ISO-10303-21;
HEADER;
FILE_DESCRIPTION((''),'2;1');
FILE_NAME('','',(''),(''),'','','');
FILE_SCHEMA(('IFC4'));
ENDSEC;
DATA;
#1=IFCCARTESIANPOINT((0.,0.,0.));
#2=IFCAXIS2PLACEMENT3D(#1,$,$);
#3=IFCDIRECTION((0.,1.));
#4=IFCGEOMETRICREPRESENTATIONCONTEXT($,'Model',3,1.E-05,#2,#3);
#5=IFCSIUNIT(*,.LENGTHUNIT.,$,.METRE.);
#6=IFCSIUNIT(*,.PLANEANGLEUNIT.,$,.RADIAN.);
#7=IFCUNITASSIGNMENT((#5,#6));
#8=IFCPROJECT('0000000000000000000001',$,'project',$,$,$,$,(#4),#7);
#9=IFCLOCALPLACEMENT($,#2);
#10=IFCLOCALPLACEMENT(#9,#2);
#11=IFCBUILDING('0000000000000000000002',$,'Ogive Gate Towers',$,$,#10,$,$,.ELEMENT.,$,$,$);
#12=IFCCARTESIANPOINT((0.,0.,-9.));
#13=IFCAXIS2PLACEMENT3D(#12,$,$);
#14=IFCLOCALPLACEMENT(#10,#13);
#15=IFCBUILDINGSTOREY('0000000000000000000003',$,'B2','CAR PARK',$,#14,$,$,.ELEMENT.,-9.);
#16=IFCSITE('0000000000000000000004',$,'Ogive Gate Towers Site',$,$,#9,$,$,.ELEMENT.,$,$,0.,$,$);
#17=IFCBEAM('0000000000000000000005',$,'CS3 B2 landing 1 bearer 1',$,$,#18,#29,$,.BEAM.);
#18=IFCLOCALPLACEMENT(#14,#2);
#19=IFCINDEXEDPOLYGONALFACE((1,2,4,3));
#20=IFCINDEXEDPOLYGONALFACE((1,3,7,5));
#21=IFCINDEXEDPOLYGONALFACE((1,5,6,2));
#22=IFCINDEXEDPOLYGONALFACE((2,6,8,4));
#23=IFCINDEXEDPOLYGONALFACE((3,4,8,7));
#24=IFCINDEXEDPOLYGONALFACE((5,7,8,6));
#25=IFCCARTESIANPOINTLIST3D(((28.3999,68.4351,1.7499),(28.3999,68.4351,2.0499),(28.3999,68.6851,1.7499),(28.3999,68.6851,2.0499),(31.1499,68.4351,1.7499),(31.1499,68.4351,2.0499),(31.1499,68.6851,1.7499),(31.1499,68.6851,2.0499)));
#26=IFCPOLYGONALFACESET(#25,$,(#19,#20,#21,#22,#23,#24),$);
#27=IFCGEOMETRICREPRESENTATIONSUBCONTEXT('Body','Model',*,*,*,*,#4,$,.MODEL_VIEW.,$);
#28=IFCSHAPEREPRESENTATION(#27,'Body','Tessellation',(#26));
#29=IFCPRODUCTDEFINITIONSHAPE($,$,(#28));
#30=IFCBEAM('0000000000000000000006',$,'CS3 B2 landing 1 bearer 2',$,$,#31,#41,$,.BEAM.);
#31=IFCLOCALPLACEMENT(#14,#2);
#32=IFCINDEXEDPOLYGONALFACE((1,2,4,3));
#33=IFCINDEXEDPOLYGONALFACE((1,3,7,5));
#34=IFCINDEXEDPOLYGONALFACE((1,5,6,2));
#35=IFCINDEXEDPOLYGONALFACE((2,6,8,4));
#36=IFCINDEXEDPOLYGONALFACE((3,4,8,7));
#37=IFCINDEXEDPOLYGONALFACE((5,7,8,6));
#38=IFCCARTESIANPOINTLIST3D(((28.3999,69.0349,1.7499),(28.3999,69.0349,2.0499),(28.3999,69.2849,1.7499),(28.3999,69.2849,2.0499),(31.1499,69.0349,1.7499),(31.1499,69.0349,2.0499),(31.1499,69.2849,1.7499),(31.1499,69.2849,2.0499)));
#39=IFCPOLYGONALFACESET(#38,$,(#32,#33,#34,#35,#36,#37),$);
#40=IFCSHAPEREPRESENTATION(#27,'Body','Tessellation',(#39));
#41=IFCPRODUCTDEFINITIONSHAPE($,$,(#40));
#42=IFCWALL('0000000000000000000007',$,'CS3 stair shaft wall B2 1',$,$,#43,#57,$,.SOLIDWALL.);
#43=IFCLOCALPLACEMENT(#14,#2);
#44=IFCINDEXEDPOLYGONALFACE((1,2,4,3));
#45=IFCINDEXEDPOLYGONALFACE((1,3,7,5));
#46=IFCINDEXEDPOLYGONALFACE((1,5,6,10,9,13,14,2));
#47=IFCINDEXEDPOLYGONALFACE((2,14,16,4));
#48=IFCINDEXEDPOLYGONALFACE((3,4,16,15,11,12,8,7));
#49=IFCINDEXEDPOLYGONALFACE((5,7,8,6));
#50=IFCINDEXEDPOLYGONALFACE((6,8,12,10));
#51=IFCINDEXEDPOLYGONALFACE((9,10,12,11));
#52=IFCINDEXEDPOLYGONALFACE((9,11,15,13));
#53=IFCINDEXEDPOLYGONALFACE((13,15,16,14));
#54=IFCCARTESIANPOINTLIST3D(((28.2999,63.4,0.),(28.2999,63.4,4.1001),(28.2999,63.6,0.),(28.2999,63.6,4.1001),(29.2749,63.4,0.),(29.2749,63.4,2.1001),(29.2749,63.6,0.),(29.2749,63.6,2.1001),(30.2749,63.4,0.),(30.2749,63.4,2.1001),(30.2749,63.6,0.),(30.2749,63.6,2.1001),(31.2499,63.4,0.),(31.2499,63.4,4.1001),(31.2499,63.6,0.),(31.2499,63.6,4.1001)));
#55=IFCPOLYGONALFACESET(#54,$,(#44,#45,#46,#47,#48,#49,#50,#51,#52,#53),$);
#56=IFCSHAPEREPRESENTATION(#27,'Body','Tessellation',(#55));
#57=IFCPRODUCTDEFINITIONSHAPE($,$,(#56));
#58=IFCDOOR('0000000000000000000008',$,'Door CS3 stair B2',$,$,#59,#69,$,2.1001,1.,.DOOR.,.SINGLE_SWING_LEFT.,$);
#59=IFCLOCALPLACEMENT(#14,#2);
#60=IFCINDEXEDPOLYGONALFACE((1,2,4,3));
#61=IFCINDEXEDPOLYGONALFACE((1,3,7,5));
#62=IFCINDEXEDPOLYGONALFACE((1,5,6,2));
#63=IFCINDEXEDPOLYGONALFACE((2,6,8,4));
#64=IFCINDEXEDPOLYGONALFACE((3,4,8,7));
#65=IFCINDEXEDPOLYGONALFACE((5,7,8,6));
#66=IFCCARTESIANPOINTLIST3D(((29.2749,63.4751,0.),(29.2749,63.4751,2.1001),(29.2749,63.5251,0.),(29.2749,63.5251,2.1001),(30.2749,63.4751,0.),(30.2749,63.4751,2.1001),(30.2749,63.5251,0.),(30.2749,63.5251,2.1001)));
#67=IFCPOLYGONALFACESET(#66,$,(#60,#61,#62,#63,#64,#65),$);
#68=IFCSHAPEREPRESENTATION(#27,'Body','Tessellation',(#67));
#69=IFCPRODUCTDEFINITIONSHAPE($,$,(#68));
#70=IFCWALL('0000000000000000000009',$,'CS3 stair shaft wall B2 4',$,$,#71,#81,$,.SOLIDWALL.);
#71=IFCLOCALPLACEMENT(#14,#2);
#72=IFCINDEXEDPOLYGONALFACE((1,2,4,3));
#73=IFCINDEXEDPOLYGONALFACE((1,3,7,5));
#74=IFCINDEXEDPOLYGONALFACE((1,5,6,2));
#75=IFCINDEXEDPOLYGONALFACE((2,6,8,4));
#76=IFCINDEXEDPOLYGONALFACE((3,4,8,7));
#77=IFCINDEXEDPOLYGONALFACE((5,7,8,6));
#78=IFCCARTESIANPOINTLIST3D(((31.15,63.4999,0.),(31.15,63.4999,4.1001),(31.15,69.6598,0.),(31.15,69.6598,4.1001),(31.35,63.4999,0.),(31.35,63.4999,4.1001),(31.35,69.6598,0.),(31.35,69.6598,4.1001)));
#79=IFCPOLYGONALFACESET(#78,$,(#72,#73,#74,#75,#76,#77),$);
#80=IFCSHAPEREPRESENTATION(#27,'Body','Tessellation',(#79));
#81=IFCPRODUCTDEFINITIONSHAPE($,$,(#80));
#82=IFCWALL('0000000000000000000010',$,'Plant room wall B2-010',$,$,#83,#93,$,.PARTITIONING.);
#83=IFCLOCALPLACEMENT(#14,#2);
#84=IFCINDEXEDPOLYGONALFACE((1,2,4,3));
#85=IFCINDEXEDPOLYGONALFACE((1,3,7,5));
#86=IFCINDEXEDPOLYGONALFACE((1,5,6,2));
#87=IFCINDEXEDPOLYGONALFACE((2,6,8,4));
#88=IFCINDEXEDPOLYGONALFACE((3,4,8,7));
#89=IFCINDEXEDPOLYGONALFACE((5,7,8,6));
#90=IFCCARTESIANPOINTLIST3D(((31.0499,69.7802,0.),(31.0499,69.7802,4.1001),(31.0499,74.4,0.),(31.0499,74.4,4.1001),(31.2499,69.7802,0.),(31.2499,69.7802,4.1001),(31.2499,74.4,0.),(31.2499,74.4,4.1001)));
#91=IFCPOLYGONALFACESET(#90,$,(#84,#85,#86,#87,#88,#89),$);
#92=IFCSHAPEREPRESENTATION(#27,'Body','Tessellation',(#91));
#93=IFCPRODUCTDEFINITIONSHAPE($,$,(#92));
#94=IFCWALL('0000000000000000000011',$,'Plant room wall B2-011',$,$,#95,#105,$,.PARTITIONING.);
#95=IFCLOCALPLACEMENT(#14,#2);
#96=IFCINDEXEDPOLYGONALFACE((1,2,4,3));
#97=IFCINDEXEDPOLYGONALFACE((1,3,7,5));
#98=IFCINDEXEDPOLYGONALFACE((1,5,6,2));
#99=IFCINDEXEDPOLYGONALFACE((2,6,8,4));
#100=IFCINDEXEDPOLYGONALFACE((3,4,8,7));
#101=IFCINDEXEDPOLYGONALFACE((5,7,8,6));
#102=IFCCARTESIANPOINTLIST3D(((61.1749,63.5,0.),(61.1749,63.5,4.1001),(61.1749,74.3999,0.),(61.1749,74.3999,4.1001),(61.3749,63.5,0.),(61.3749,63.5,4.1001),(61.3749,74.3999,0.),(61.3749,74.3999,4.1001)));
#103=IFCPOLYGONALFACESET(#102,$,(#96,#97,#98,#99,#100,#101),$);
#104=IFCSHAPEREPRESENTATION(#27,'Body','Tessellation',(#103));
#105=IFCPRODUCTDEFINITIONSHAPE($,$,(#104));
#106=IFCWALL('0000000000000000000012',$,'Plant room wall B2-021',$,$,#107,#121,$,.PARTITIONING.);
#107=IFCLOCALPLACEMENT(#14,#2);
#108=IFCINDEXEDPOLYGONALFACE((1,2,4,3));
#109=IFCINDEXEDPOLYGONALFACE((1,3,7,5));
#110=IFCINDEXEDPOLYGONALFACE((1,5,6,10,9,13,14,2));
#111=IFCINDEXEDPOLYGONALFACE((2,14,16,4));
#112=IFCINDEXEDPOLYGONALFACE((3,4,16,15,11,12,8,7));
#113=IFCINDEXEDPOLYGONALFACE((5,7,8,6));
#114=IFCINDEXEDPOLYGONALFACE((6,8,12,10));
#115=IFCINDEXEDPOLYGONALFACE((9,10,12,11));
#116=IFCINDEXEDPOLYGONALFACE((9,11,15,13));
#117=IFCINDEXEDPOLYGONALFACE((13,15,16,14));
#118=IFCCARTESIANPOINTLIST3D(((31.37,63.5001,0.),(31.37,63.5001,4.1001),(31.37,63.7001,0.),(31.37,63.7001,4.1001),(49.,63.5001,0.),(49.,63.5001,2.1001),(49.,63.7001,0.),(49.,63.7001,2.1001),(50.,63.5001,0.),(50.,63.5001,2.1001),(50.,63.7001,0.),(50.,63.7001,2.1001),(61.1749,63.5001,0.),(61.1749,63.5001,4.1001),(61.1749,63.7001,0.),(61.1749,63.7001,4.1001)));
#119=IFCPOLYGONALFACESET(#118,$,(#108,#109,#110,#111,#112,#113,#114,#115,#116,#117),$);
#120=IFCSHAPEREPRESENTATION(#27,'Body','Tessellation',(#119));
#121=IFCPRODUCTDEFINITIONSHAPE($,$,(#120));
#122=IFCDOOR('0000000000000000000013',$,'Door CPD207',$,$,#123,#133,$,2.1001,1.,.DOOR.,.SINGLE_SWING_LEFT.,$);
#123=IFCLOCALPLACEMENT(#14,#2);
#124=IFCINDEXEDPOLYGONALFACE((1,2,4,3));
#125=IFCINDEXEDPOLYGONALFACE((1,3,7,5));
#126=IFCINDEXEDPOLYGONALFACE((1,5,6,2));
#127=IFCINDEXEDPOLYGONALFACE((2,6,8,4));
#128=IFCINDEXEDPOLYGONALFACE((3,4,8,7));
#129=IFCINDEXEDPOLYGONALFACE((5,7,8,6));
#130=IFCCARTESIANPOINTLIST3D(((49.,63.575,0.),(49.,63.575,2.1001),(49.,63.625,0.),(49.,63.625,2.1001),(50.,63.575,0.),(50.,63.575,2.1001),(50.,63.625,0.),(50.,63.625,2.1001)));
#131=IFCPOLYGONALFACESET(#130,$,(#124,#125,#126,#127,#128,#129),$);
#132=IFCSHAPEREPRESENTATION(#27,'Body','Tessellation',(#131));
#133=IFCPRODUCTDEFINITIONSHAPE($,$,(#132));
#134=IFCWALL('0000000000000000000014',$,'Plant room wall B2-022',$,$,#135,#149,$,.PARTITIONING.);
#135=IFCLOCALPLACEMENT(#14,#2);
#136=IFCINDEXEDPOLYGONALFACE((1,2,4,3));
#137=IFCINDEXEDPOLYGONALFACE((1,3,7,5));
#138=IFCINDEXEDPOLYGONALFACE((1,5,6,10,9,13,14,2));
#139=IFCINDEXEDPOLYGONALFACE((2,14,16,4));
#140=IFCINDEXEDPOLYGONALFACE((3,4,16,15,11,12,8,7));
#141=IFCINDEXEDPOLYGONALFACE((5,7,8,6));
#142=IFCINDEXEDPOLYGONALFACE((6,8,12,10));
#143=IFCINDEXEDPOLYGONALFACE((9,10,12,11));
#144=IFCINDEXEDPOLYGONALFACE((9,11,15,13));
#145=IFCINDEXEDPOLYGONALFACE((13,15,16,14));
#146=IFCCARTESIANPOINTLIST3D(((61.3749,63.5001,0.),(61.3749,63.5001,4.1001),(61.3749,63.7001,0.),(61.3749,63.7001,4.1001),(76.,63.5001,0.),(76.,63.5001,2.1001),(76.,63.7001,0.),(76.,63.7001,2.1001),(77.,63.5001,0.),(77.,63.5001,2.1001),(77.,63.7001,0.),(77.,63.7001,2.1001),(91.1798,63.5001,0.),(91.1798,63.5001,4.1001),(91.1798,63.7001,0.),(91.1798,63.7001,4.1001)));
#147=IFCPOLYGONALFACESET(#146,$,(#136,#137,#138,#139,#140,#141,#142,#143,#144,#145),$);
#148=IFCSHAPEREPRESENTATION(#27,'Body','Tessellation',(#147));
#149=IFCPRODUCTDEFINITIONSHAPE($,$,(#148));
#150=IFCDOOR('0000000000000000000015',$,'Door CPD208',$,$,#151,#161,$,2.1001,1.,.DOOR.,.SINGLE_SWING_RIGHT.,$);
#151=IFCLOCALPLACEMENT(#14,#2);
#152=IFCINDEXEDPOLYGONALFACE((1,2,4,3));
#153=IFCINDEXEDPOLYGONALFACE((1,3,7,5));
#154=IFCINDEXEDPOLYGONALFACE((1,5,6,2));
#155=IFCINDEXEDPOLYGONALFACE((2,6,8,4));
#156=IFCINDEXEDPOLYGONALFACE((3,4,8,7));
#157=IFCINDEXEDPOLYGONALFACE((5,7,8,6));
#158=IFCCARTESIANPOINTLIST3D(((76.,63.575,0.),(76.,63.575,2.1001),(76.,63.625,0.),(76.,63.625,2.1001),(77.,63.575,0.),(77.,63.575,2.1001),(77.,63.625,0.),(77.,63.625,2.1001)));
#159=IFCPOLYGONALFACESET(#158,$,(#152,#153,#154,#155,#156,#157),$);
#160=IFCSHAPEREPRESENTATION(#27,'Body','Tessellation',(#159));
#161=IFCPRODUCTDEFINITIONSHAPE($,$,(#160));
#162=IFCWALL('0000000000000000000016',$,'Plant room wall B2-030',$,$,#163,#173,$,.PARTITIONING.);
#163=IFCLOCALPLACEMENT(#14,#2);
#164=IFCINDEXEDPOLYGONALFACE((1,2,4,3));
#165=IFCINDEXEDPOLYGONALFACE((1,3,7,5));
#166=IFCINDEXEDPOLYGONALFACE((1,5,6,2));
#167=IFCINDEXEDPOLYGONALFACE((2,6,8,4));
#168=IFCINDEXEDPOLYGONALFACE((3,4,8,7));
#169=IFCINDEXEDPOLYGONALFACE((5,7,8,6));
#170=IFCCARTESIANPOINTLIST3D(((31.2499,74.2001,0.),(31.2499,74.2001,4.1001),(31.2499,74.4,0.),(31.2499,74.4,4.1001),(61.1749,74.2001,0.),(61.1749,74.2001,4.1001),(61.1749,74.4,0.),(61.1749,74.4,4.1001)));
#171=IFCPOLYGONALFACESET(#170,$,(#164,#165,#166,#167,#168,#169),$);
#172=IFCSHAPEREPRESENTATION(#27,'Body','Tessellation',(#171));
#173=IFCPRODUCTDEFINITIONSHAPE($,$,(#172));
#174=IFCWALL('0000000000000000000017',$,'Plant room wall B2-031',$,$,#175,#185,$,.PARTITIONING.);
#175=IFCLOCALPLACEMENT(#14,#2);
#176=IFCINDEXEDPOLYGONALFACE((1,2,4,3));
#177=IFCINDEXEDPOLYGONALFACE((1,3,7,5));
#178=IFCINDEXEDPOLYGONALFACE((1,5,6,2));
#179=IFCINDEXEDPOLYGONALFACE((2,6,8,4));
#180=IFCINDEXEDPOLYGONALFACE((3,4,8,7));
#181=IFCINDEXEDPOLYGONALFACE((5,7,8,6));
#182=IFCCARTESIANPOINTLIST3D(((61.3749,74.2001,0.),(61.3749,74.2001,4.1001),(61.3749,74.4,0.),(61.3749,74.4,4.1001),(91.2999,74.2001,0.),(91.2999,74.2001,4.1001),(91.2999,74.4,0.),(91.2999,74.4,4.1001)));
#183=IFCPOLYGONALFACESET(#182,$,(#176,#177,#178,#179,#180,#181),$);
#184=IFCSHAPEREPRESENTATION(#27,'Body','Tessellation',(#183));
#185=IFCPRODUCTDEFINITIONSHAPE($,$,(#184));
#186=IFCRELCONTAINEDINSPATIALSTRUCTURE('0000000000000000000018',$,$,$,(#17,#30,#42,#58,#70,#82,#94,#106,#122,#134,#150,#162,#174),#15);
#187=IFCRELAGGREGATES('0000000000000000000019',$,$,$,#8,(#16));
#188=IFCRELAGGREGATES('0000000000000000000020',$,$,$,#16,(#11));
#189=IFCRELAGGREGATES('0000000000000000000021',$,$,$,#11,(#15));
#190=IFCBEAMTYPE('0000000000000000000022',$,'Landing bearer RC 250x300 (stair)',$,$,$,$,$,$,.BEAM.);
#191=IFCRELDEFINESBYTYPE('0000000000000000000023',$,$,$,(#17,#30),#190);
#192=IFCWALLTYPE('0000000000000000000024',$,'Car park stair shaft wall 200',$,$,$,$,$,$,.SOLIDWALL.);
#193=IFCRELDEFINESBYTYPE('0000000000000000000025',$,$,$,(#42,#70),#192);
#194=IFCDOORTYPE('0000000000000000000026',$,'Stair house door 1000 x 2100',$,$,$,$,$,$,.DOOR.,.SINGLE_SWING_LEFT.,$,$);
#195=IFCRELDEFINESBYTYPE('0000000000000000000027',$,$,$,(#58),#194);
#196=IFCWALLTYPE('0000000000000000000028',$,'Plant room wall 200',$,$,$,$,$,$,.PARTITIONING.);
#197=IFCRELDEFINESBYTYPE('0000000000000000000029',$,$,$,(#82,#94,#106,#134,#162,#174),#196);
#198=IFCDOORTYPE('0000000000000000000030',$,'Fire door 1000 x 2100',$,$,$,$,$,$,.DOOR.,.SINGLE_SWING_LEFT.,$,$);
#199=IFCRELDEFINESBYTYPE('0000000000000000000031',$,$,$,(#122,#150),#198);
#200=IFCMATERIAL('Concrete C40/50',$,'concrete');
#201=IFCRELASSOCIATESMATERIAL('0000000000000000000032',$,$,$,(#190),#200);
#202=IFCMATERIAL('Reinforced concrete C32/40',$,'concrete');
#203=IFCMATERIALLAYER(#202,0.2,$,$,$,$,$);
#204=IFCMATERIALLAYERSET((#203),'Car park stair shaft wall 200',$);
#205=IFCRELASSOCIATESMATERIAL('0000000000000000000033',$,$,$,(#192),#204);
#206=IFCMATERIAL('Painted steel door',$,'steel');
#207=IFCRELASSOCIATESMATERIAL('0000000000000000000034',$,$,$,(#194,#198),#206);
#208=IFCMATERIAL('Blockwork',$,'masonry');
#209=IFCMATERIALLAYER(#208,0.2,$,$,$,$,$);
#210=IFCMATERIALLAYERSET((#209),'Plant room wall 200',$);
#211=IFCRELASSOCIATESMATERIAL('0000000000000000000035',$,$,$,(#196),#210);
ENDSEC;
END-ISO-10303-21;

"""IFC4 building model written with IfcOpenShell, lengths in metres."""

from ifc_helpers import new_model, si_unit, direction, frame, frame_2d, origin, origin_2d, place, context, subcontext, project, spatial, rectangle, extrude, material, layer, layer_set, material_profile, profile_set, type_object, element, fill, save


model = new_model("IFC4")

# Units and contexts
model_context = context("Model", 3, precision=1e-05, world=origin(), true_north=direction((0.0, 1.0)))
body_context = subcontext(model_context, "Body", "Model", "MODEL_VIEW")
ifc_project = project(units=[si_unit("LENGTHUNIT", "METRE"), si_unit("PLANEANGLEUNIT", "RADIAN")], contexts=[model_context])

# Site, building, storey
site_placement = place(None, origin())
site = spatial("IfcSite", under=ifc_project, at=site_placement, Name="Ogive Gate Towers Site", CompositionType="ELEMENT", RefElevation=0.0)
building_placement = place(site_placement, origin())
building = spatial("IfcBuilding", under=site, at=building_placement, Name="Ogive Gate Towers", CompositionType="ELEMENT")
storey_placement = place(building_placement, frame((0.0, 0.0, -9.0)))
storey = spatial("IfcBuildingStorey", under=building, at=storey_placement, Name="B2", Description="CAR PARK", CompositionType="ELEMENT", Elevation=-9.0)

# Shared definitions
ifc_material_1 = material(Name="Concrete C40/50", Category="concrete")

# Beams
ifc_material_profile_1 = material_profile(ifc_material_1, rectangle(XDim=0.25, YDim=0.3, at=origin_2d()), Name="RC 250x300")
ifc_profile_set_1 = profile_set([ifc_material_profile_1], Name="Concrete C40/50")
beam_type = type_object("IfcBeamType", Name="Landing bearer RC 250x300 (stair)", PredefinedType="BEAM", material=ifc_profile_set_1)
for number, where, z_axis, x_axis, name in (
    (1, (31.1499, 68.5601, 1.8999), (-1.0, 0.0, 0.0), (0.0, -1.0, 0.0), "CS3 B2 landing 1 bearer 1"),
    (2, (31.1499, 69.1599, 1.8999), (-1.0, 0.0, 0.0), (0.0, -1.0, 0.0), "CS3 B2 landing 1 bearer 2"),
):
    element("IfcBeam", number, at=place(storey_placement, frame(where, z_axis=z_axis, x_axis=x_axis)), inside=storey, type_object=beam_type, Name=name, PredefinedType="BEAM", context=body_context, shape_type="SweptSolid", body=[
        extrude(rectangle(XDim=0.25, YDim=0.3, at=origin_2d()), origin(), (0.0, 0.0, 1.0), 2.75),
    ])

# Wall, opening, door
ifc_material_2 = material(Name="Reinforced concrete C32/40", Category="concrete")
ifc_layer_1 = layer(ifc_material_2, 0.2)
ifc_layer_set_1 = layer_set([ifc_layer_1], Name="Car park stair shaft wall 200")
wall_type_1 = type_object("IfcWallType", Name="Car park stair shaft wall 200", PredefinedType="SOLIDWALL", material=ifc_layer_set_1)
wall_1_placement = place(storey_placement, frame((31.25, 63.5, 0.0), z_axis=(0.0, 0.0, 1.0), x_axis=(-1.0, 0.0, 0.0)))
wall_1 = element("IfcWall", 3, at=wall_1_placement, inside=storey, type_object=wall_type_1, Name="CS3 stair shaft wall B2 1", PredefinedType="SOLIDWALL", context=body_context, shape_type="SweptSolid", body=[
    extrude(rectangle(XDim=2.95, YDim=0.2, at=frame_2d((1.4751, 0.0))), origin(), (0.0, 0.0, 1.0), 4.1001),
])
opening_1_placement = place(wall_1_placement, frame((0.9751, 0.0, 0.0)))
opening_1 = element("IfcOpeningElement", 4, at=opening_1_placement, cuts=wall_1, PredefinedType="OPENING", context=body_context, shape_type="SweptSolid", body=[
    extrude(rectangle(XDim=1.0, YDim=2.1001, at=frame_2d((0.5, 1.05))), frame((0.0, 0.1099, 0.0), z_axis=(0.0, -1.0, 0.0), x_axis=(1.0, 0.0, 0.0)), (0.0, 0.0, 1.0), 0.22),
])
ifc_material_3 = material(Name="Painted steel door", Category="steel")
door_type_1 = type_object("IfcDoorType", Name="Stair house door 1000 x 2100", OperationType="SINGLE_SWING_LEFT", PredefinedType="DOOR", material=ifc_material_3)
door_1_placement = place(opening_1_placement, origin())
door_1 = element("IfcDoor", 5, at=door_1_placement, inside=storey, type_object=door_type_1, Name="Door CS3 stair B2", OperationType="SINGLE_SWING_LEFT", OverallHeight=2.1001, OverallWidth=1.0, PredefinedType="DOOR", context=body_context, shape_type="SweptSolid", body=[
    extrude(rectangle(XDim=1.0, YDim=2.1001, at=frame_2d((0.5, 1.05))), frame((0.0, 0.0249, 0.0), z_axis=(0.0, -1.0, 0.0), x_axis=(1.0, 0.0, 0.0)), (0.0, 0.0, 1.0), 0.05),
])
fill(opening_1, door_1)

# Walls
wall_2_placement = place(storey_placement, frame((31.25, 69.6599, 0.0), z_axis=(0.0, 0.0, 1.0), x_axis=(0.0, -1.0, 0.0)))
element("IfcWall", 6, at=wall_2_placement, inside=storey, type_object=wall_type_1, Name="CS3 stair shaft wall B2 4", PredefinedType="SOLIDWALL", context=body_context, shape_type="SweptSolid", body=[
    extrude(rectangle(XDim=6.1599, YDim=0.2, at=frame_2d((3.0801, 0.0))), origin(), (0.0, 0.0, 1.0), 4.1001),
])
ifc_material_4 = material(Name="Blockwork", Category="masonry")
ifc_layer_2 = layer(ifc_material_4, 0.2)
ifc_layer_set_2 = layer_set([ifc_layer_2], Name="Plant room wall 200")
wall_type_2 = type_object("IfcWallType", Name="Plant room wall 200", PredefinedType="PARTITIONING", material=ifc_layer_set_2)
wall_3_placement = place(storey_placement, frame((31.1499, 69.78, 0.0), z_axis=(0.0, 0.0, 1.0), x_axis=(0.0, 1.0, 0.0)))
element("IfcWall", 7, at=wall_3_placement, inside=storey, type_object=wall_type_2, Name="Plant room wall B2-010", PredefinedType="PARTITIONING", context=body_context, shape_type="SweptSolid", body=[
    extrude(rectangle(XDim=4.6199, YDim=0.2, at=frame_2d((2.3101, 0.0))), origin(), (0.0, 0.0, 1.0), 4.1001),
])
wall_4_placement = place(storey_placement, frame((61.2749, 63.5, 0.0), z_axis=(0.0, 0.0, 1.0), x_axis=(0.0, 1.0, 0.0)))
element("IfcWall", 8, at=wall_4_placement, inside=storey, type_object=wall_type_2, Name="Plant room wall B2-011", PredefinedType="PARTITIONING", context=body_context, shape_type="SweptSolid", body=[
    extrude(rectangle(XDim=10.8999, YDim=0.2, at=frame_2d((5.45, 0.0))), origin(), (0.0, 0.0, 1.0), 4.1001),
])

# Walls, openings, doors
wall_5_placement = place(storey_placement, frame((31.3701, 63.6001, 0.0), z_axis=(0.0, 0.0, 1.0), x_axis=(1.0, 0.0, 0.0)))
wall_5 = element("IfcWall", 9, at=wall_5_placement, inside=storey, type_object=wall_type_2, Name="Plant room wall B2-021", PredefinedType="PARTITIONING", context=body_context, shape_type="SweptSolid", body=[
    extrude(rectangle(XDim=29.8049, YDim=0.2, at=frame_2d((14.9023, 0.0))), origin(), (0.0, 0.0, 1.0), 4.1001),
])
opening_2_placement = place(wall_5_placement, frame((17.6299, 0.0, 0.0)))
opening_2 = element("IfcOpeningElement", 10, at=opening_2_placement, cuts=wall_5, PredefinedType="OPENING", context=body_context, shape_type="SweptSolid", body=[
    extrude(rectangle(XDim=1.0, YDim=2.1001, at=frame_2d((0.5, 1.05))), frame((0.0, 0.1099, 0.0), z_axis=(0.0, -1.0, 0.0), x_axis=(1.0, 0.0, 0.0)), (0.0, 0.0, 1.0), 0.22),
])
door_type_2 = type_object("IfcDoorType", Name="Fire door 1000 x 2100", OperationType="SINGLE_SWING_LEFT", PredefinedType="DOOR", material=ifc_material_3)
door_2_placement = place(opening_2_placement, origin())
door_2 = element("IfcDoor", 11, at=door_2_placement, inside=storey, type_object=door_type_2, Name="Door CPD207", OperationType="SINGLE_SWING_LEFT", OverallHeight=2.1001, OverallWidth=1.0, PredefinedType="DOOR", context=body_context, shape_type="SweptSolid", body=[
    extrude(rectangle(XDim=1.0, YDim=2.1001, at=frame_2d((0.5, 1.05))), frame((0.0, 0.0249, 0.0), z_axis=(0.0, -1.0, 0.0), x_axis=(1.0, 0.0, 0.0)), (0.0, 0.0, 1.0), 0.05),
])
fill(opening_2, door_2)
wall_6_placement = place(storey_placement, frame((61.375, 63.6001, 0.0), z_axis=(0.0, 0.0, 1.0), x_axis=(1.0, 0.0, 0.0)))
wall_6 = element("IfcWall", 12, at=wall_6_placement, inside=storey, type_object=wall_type_2, Name="Plant room wall B2-022", PredefinedType="PARTITIONING", context=body_context, shape_type="SweptSolid", body=[
    extrude(rectangle(XDim=29.8049, YDim=0.2, at=frame_2d((14.9023, 0.0))), origin(), (0.0, 0.0, 1.0), 4.1001),
])
opening_3_placement = place(wall_6_placement, frame((14.625, 0.0, 0.0)))
opening_3 = element("IfcOpeningElement", 13, at=opening_3_placement, cuts=wall_6, PredefinedType="OPENING", context=body_context, shape_type="SweptSolid", body=[
    extrude(rectangle(XDim=1.0, YDim=2.1001, at=frame_2d((0.5, 1.05))), frame((0.0, 0.1099, 0.0), z_axis=(0.0, -1.0, 0.0), x_axis=(1.0, 0.0, 0.0)), (0.0, 0.0, 1.0), 0.22),
])
door_3_placement = place(opening_3_placement, origin())
door_3 = element("IfcDoor", 14, at=door_3_placement, inside=storey, type_object=door_type_2, Name="Door CPD208", OperationType="SINGLE_SWING_RIGHT", OverallHeight=2.1001, OverallWidth=1.0, PredefinedType="DOOR", context=body_context, shape_type="SweptSolid", body=[
    extrude(rectangle(XDim=1.0, YDim=2.1001, at=frame_2d((0.5, 1.05))), frame((0.0, 0.0249, 0.0), z_axis=(0.0, -1.0, 0.0), x_axis=(1.0, 0.0, 0.0)), (0.0, 0.0, 1.0), 0.05),
])
fill(opening_3, door_3)

# Walls
for number, where, z_axis, x_axis, name in (
    (15, (31.25, 74.3, 0.0), (0.0, 0.0, 1.0), (1.0, 0.0, 0.0), "Plant room wall B2-030"),
    (16, (61.375, 74.3, 0.0), (0.0, 0.0, 1.0), (1.0, 0.0, 0.0), "Plant room wall B2-031"),
):
    element("IfcWall", number, at=place(storey_placement, frame(where, z_axis=z_axis, x_axis=x_axis)), inside=storey, type_object=wall_type_2, Name=name, PredefinedType="PARTITIONING", context=body_context, shape_type="SweptSolid", body=[
        extrude(rectangle(XDim=29.925, YDim=0.2, at=frame_2d((14.9624, 0.0))), origin(), (0.0, 0.0, 1.0), 4.1001),
    ])

save(model, "model.ifc")
